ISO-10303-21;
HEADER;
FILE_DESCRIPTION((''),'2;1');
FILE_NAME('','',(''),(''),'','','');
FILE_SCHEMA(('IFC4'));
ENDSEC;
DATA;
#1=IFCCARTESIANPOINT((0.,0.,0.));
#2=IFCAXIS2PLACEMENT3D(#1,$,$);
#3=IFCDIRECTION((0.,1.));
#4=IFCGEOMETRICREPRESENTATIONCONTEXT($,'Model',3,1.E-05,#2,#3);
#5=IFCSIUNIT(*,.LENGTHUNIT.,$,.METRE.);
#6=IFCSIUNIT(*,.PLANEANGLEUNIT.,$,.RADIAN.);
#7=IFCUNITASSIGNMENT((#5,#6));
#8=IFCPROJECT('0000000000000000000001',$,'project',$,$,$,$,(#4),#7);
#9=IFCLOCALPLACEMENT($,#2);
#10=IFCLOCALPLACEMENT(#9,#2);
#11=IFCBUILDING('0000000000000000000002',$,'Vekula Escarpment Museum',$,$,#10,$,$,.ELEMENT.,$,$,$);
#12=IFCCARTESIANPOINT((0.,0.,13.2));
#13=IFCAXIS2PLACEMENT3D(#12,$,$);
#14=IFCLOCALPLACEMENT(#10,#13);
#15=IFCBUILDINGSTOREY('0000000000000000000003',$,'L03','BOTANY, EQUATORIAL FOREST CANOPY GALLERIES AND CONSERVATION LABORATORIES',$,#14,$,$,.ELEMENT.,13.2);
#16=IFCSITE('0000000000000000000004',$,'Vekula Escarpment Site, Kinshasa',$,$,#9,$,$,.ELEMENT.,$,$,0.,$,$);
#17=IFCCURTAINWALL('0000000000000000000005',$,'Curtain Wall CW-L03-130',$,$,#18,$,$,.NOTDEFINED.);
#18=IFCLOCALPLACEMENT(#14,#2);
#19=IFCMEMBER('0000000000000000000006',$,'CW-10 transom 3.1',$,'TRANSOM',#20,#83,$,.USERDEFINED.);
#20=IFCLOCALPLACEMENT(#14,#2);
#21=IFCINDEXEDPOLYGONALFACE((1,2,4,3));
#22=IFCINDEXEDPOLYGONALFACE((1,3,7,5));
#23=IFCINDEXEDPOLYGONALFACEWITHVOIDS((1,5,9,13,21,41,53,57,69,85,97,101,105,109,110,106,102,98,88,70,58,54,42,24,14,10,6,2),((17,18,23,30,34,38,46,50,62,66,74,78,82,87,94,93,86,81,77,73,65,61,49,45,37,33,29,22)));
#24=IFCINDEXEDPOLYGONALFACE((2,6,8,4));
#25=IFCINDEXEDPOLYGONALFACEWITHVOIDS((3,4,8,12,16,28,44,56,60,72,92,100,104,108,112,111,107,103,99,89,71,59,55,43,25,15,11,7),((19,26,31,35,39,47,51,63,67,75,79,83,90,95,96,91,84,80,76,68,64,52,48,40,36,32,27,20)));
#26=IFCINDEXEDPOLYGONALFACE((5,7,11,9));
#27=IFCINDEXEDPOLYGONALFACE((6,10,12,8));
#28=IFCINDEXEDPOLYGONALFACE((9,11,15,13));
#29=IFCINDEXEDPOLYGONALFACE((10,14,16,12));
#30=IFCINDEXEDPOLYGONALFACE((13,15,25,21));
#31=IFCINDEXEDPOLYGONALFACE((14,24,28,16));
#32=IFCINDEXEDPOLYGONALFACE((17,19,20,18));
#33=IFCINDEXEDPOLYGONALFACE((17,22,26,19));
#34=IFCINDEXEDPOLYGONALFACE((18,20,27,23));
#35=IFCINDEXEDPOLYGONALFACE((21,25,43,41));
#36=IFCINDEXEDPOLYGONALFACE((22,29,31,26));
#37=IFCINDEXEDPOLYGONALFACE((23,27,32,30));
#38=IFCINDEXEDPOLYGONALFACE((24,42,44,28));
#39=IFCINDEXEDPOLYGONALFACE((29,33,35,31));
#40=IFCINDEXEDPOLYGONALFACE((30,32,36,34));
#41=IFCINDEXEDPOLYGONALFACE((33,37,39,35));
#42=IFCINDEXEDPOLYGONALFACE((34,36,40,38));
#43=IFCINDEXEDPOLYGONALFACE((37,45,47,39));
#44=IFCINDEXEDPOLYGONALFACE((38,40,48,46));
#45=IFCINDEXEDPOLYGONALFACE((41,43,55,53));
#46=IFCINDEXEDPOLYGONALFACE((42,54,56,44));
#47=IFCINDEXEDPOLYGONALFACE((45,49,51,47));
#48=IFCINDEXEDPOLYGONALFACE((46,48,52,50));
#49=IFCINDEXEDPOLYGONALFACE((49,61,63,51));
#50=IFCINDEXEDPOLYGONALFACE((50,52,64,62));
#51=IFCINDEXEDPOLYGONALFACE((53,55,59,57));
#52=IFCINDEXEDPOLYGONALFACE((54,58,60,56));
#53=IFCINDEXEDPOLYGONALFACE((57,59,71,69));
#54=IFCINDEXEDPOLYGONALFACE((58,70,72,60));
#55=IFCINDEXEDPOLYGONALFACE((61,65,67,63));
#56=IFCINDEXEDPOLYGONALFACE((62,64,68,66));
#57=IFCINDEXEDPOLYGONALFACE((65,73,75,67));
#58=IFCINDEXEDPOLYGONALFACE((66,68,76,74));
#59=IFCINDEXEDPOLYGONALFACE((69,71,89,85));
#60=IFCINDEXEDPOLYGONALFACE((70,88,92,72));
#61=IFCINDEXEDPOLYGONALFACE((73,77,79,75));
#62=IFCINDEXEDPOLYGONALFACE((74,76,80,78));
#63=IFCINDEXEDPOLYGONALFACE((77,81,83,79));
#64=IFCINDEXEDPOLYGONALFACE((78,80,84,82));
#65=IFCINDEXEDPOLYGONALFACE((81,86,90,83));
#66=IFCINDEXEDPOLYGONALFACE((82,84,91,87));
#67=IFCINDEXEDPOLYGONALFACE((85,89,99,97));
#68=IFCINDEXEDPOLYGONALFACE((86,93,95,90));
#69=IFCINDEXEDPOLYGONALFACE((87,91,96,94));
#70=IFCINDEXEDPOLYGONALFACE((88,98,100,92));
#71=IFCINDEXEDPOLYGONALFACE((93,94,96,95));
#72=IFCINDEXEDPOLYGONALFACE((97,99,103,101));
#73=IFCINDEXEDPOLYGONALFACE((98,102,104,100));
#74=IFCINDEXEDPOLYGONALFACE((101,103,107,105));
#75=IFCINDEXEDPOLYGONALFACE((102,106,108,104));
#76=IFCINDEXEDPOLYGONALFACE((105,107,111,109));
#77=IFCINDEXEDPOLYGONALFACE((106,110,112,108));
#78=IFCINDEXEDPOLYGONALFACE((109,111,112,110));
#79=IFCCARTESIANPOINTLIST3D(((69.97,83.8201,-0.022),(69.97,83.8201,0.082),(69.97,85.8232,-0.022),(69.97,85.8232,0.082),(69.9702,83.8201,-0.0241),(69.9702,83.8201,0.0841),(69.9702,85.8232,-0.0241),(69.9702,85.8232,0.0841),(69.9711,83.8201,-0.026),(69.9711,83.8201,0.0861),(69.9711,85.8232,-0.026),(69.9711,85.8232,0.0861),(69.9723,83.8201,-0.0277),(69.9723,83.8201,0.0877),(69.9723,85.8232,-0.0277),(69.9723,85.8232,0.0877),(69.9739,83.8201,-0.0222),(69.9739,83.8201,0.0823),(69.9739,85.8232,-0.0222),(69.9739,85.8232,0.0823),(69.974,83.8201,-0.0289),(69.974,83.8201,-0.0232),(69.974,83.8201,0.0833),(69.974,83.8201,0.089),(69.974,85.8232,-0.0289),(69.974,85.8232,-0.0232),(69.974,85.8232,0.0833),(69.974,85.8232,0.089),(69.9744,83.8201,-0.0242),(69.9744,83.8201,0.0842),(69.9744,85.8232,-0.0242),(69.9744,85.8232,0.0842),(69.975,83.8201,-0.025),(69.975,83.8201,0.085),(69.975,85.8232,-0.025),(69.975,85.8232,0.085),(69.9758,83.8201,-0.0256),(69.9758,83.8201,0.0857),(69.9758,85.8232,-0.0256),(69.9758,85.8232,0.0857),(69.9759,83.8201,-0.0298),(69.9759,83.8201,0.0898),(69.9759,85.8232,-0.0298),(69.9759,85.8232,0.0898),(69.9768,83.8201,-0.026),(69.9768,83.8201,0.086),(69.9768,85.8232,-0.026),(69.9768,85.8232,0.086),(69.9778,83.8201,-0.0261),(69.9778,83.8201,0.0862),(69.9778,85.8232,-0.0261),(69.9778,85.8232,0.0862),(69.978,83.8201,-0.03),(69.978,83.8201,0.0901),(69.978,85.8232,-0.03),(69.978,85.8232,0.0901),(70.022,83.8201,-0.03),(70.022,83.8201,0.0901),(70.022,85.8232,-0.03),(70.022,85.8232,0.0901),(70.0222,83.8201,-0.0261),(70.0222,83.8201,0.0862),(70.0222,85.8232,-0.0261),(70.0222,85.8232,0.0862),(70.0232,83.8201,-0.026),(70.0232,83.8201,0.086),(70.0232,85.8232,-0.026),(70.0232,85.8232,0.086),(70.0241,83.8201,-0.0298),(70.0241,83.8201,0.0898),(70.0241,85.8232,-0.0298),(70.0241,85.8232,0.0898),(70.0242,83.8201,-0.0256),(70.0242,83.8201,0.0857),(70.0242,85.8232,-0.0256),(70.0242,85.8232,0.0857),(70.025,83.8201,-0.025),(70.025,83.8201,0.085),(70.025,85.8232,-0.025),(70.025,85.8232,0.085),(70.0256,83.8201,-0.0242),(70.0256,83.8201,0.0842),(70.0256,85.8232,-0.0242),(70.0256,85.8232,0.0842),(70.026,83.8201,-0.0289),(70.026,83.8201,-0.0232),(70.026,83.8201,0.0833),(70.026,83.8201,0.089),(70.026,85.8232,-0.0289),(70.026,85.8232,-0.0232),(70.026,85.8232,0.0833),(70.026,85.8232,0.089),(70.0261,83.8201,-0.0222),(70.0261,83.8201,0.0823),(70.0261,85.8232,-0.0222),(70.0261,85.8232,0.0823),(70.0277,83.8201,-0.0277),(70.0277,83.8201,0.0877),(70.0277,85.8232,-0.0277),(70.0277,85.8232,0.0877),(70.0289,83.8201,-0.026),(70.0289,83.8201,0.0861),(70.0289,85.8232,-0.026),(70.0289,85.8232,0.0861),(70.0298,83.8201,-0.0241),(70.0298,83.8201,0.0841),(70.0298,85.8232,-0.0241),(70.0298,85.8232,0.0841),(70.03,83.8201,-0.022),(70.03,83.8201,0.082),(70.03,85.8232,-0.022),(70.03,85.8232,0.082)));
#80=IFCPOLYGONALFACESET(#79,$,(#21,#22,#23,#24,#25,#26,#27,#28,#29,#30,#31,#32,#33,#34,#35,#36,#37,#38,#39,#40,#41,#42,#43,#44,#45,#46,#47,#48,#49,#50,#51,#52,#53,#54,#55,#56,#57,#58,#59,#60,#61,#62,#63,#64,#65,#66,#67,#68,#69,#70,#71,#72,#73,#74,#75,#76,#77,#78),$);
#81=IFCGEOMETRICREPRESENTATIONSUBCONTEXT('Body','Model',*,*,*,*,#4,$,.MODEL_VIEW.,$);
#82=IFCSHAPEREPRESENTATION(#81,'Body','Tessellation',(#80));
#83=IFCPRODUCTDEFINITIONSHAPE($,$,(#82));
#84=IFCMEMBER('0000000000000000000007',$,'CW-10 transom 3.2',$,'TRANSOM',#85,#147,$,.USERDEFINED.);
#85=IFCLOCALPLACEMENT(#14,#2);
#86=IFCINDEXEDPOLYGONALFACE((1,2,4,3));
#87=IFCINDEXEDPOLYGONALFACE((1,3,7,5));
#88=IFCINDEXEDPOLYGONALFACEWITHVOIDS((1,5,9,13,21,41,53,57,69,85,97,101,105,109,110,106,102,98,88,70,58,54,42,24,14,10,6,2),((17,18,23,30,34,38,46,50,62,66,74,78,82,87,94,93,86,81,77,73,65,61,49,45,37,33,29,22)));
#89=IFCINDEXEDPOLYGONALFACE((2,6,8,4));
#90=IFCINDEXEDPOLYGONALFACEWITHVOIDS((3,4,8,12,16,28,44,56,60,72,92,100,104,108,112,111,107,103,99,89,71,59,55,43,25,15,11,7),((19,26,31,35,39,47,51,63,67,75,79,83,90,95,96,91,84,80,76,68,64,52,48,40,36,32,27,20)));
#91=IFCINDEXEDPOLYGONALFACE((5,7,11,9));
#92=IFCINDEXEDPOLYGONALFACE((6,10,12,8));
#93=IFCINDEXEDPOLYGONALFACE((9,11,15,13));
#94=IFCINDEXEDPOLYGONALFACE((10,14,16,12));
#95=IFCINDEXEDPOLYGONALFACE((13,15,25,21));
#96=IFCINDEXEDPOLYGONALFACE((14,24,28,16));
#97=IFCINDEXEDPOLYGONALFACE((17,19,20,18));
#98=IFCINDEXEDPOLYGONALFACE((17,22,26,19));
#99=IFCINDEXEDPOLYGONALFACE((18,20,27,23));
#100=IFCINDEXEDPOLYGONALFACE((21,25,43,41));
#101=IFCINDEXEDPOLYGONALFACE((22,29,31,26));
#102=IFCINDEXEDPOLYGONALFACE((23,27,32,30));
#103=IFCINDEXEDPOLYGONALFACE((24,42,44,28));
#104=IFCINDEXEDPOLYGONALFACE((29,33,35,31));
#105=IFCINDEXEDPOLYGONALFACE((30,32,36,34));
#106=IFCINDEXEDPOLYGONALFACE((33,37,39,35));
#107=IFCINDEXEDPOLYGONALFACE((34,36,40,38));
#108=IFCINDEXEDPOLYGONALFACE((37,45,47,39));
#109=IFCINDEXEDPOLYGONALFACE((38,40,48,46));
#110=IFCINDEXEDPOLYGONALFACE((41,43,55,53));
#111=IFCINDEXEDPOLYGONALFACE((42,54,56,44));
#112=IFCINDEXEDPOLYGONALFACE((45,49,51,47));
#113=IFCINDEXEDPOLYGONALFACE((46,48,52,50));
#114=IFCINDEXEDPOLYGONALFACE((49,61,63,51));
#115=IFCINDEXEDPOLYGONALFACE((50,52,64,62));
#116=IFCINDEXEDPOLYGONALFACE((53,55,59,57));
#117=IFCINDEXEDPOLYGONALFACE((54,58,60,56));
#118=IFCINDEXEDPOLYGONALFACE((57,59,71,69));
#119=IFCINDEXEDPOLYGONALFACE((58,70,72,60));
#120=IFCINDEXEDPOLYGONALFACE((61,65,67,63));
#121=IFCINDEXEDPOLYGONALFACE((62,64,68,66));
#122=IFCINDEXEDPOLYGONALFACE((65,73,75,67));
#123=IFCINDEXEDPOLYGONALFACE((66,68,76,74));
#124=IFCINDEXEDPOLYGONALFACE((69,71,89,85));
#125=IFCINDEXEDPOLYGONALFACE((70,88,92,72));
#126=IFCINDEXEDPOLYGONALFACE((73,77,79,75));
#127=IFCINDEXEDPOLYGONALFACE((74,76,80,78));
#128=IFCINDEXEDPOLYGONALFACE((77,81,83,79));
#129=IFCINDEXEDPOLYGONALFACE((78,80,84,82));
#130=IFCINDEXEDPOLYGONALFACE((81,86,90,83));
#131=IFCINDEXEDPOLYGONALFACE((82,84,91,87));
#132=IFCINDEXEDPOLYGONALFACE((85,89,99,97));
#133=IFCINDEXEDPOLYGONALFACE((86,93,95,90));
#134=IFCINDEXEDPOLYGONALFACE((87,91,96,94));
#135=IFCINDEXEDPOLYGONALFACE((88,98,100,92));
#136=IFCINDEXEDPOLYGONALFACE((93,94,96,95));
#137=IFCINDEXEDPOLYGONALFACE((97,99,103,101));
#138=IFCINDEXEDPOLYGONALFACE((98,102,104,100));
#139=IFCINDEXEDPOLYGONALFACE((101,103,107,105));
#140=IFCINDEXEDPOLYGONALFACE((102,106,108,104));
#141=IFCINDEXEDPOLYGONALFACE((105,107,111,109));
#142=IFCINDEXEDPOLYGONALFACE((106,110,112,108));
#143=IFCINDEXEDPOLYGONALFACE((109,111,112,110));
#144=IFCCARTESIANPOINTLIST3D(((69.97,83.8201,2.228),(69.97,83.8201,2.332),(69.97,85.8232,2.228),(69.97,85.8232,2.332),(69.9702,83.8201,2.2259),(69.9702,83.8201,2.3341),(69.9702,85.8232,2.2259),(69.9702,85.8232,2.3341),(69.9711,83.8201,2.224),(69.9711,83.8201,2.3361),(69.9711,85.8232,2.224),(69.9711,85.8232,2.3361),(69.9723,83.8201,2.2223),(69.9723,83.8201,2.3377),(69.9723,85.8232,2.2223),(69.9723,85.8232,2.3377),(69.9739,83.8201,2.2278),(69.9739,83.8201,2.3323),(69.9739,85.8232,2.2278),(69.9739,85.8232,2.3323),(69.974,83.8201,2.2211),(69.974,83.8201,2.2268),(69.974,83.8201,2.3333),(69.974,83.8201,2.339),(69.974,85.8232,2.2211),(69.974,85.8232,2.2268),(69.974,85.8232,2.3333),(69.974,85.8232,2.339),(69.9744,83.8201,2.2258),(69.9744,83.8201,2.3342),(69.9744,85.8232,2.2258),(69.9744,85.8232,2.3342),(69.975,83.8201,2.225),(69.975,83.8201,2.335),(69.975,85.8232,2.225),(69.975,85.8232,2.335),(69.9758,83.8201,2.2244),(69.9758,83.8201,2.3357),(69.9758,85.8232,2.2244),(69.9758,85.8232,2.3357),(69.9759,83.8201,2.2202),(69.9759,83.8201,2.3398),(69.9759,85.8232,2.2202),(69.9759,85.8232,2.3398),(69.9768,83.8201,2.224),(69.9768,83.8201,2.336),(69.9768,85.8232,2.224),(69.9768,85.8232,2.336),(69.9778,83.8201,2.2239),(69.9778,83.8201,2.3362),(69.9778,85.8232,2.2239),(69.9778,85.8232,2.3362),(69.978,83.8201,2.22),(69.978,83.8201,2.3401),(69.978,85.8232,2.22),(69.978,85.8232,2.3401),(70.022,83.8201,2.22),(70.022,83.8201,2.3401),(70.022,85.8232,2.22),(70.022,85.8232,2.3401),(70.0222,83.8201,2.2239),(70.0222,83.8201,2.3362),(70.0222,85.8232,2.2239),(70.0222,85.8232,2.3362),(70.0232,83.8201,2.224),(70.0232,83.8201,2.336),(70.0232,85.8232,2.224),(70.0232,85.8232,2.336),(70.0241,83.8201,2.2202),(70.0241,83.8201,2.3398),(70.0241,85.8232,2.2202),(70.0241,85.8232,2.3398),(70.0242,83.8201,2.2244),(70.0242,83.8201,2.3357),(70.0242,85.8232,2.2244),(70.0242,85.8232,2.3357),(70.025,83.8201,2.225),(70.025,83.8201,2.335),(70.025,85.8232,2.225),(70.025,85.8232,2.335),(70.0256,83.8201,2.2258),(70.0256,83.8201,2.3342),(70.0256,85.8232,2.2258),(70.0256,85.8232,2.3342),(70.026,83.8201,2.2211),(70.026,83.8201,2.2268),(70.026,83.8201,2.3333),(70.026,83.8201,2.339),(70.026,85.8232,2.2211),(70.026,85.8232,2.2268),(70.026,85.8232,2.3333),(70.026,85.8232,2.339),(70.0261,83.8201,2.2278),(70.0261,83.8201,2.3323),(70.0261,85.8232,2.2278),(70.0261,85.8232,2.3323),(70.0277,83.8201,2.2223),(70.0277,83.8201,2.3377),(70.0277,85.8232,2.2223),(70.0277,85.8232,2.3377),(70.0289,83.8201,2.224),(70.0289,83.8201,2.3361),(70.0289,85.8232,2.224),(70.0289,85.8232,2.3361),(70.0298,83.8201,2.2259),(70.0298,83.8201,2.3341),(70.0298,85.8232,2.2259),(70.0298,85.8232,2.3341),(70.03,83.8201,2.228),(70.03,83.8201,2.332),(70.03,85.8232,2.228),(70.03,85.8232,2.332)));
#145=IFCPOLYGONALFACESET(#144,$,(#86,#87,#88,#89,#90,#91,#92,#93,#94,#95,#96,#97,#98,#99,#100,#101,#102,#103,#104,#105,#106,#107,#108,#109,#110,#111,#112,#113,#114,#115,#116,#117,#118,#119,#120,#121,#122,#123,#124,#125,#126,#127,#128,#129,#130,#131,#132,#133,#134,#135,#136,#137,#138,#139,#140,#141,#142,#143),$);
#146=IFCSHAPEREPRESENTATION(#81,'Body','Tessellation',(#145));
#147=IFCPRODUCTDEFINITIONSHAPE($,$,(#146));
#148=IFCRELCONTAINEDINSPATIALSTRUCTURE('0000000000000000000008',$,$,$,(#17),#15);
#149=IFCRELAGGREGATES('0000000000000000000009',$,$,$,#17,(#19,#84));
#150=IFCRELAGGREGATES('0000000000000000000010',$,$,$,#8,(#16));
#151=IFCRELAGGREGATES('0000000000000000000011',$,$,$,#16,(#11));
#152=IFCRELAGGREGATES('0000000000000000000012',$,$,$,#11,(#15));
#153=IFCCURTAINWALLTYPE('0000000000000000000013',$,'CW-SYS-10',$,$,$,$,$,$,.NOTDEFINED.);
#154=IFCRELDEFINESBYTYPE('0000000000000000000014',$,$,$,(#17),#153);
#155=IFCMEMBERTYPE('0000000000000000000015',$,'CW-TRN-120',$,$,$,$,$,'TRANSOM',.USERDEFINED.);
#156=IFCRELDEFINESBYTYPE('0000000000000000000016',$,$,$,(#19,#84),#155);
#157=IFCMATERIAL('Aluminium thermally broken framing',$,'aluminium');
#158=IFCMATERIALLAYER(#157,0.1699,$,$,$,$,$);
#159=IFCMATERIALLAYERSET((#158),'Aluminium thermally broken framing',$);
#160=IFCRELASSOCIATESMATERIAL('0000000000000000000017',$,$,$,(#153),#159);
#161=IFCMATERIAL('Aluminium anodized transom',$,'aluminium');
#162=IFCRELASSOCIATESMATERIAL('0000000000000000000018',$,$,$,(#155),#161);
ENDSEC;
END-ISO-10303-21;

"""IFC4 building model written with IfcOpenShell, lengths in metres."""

from ifc_helpers import new_model, si_unit, direction, frame, origin, origin_2d, place, context, subcontext, project, spatial, hollow_rectangle, extrude, material, layer, layer_set, material_profile, profile_set, type_object, element, aggregate, save


model = new_model("IFC4")

# Units and contexts
model_context = context("Model", 3, precision=1e-05, world=origin(), true_north=direction((0.0, 1.0)))
body_context = subcontext(model_context, "Body", "Model", "MODEL_VIEW")
ifc_project = project(units=[si_unit("LENGTHUNIT", "METRE"), si_unit("PLANEANGLEUNIT", "RADIAN")], contexts=[model_context])

# Site, building, storey
site_placement = place(None, origin())
site = spatial("IfcSite", under=ifc_project, at=site_placement, Name="Vekula Escarpment Site, Kinshasa", CompositionType="ELEMENT", RefElevation=0.0)
building_placement = place(site_placement, origin())
building = spatial("IfcBuilding", under=site, at=building_placement, Name="Vekula Escarpment Museum", CompositionType="ELEMENT")
storey_placement = place(building_placement, frame((0.0, 0.0, 13.2)))
storey = spatial("IfcBuildingStorey", under=building, at=storey_placement, Name="L03", Description="BOTANY, EQUATORIAL FOREST CANOPY GALLERIES AND CONSERVATION LABORATORIES", CompositionType="ELEMENT", Elevation=13.2)

# Curtain wall, members
ifc_material_1 = material(Name="Aluminium thermally broken framing", Category="aluminium")
ifc_layer_1 = layer(ifc_material_1, 0.1699)
ifc_layer_set_1 = layer_set([ifc_layer_1], Name="Aluminium thermally broken framing")
curtain_wall_type = type_object("IfcCurtainWallType", Name="CW-SYS-10", PredefinedType="NOTDEFINED", material=ifc_layer_set_1)
curtain_wall_placement = place(storey_placement, origin())
curtain_wall = element("IfcCurtainWall", 1, at=curtain_wall_placement, inside=storey, type_object=curtain_wall_type, Name="Curtain Wall CW-L03-130", PredefinedType="NOTDEFINED")
ifc_material_2 = material(Name="Aluminium anodized transom", Category="aluminium")
ifc_material_profile_1 = material_profile(ifc_material_2, hollow_rectangle(XDim=0.0601, YDim=0.1201, WallThickness=0.0039, InnerFilletRadius=0.0039, OuterFilletRadius=0.0081, at=origin_2d()), Name="ALU 120x60x4")
ifc_profile_set_1 = profile_set([ifc_material_profile_1], Name="Aluminium anodized transom")
member_type_1 = type_object("IfcMemberType", Name="CW-TRN-120", ElementType="TRANSOM", PredefinedType="USERDEFINED", material=ifc_profile_set_1)
member_1_placement = place(storey_placement, frame((70.0, 85.8232, 0.03), z_axis=(0.0, -1.0, 0.0), x_axis=(1.0, 0.0, 0.0)))
member_1 = element("IfcMember", 2, at=member_1_placement, type_object=member_type_1, Name="CW-10 transom 3.1", ObjectType="TRANSOM", PredefinedType="USERDEFINED", context=body_context, shape_type="SweptSolid", body=[
    extrude(hollow_rectangle(XDim=0.0601, YDim=0.1201, WallThickness=0.0039, InnerFilletRadius=0.0039, OuterFilletRadius=0.0081, at=origin_2d()), origin(), (0.0, 0.0, 1.0), 2.0032),
])
member_2_placement = place(storey_placement, frame((70.0, 85.8232, 2.28), z_axis=(0.0, -1.0, 0.0), x_axis=(1.0, 0.0, 0.0)))
member_2 = element("IfcMember", 3, at=member_2_placement, type_object=member_type_1, Name="CW-10 transom 3.2", ObjectType="TRANSOM", PredefinedType="USERDEFINED", context=body_context, shape_type="SweptSolid", body=[
    extrude(hollow_rectangle(XDim=0.0601, YDim=0.1201, WallThickness=0.0039, InnerFilletRadius=0.0039, OuterFilletRadius=0.0081, at=origin_2d()), origin(), (0.0, 0.0, 1.0), 2.0032),
])

aggregate(curtain_wall, [member_1, member_2])

save(model, "model.ifc")
